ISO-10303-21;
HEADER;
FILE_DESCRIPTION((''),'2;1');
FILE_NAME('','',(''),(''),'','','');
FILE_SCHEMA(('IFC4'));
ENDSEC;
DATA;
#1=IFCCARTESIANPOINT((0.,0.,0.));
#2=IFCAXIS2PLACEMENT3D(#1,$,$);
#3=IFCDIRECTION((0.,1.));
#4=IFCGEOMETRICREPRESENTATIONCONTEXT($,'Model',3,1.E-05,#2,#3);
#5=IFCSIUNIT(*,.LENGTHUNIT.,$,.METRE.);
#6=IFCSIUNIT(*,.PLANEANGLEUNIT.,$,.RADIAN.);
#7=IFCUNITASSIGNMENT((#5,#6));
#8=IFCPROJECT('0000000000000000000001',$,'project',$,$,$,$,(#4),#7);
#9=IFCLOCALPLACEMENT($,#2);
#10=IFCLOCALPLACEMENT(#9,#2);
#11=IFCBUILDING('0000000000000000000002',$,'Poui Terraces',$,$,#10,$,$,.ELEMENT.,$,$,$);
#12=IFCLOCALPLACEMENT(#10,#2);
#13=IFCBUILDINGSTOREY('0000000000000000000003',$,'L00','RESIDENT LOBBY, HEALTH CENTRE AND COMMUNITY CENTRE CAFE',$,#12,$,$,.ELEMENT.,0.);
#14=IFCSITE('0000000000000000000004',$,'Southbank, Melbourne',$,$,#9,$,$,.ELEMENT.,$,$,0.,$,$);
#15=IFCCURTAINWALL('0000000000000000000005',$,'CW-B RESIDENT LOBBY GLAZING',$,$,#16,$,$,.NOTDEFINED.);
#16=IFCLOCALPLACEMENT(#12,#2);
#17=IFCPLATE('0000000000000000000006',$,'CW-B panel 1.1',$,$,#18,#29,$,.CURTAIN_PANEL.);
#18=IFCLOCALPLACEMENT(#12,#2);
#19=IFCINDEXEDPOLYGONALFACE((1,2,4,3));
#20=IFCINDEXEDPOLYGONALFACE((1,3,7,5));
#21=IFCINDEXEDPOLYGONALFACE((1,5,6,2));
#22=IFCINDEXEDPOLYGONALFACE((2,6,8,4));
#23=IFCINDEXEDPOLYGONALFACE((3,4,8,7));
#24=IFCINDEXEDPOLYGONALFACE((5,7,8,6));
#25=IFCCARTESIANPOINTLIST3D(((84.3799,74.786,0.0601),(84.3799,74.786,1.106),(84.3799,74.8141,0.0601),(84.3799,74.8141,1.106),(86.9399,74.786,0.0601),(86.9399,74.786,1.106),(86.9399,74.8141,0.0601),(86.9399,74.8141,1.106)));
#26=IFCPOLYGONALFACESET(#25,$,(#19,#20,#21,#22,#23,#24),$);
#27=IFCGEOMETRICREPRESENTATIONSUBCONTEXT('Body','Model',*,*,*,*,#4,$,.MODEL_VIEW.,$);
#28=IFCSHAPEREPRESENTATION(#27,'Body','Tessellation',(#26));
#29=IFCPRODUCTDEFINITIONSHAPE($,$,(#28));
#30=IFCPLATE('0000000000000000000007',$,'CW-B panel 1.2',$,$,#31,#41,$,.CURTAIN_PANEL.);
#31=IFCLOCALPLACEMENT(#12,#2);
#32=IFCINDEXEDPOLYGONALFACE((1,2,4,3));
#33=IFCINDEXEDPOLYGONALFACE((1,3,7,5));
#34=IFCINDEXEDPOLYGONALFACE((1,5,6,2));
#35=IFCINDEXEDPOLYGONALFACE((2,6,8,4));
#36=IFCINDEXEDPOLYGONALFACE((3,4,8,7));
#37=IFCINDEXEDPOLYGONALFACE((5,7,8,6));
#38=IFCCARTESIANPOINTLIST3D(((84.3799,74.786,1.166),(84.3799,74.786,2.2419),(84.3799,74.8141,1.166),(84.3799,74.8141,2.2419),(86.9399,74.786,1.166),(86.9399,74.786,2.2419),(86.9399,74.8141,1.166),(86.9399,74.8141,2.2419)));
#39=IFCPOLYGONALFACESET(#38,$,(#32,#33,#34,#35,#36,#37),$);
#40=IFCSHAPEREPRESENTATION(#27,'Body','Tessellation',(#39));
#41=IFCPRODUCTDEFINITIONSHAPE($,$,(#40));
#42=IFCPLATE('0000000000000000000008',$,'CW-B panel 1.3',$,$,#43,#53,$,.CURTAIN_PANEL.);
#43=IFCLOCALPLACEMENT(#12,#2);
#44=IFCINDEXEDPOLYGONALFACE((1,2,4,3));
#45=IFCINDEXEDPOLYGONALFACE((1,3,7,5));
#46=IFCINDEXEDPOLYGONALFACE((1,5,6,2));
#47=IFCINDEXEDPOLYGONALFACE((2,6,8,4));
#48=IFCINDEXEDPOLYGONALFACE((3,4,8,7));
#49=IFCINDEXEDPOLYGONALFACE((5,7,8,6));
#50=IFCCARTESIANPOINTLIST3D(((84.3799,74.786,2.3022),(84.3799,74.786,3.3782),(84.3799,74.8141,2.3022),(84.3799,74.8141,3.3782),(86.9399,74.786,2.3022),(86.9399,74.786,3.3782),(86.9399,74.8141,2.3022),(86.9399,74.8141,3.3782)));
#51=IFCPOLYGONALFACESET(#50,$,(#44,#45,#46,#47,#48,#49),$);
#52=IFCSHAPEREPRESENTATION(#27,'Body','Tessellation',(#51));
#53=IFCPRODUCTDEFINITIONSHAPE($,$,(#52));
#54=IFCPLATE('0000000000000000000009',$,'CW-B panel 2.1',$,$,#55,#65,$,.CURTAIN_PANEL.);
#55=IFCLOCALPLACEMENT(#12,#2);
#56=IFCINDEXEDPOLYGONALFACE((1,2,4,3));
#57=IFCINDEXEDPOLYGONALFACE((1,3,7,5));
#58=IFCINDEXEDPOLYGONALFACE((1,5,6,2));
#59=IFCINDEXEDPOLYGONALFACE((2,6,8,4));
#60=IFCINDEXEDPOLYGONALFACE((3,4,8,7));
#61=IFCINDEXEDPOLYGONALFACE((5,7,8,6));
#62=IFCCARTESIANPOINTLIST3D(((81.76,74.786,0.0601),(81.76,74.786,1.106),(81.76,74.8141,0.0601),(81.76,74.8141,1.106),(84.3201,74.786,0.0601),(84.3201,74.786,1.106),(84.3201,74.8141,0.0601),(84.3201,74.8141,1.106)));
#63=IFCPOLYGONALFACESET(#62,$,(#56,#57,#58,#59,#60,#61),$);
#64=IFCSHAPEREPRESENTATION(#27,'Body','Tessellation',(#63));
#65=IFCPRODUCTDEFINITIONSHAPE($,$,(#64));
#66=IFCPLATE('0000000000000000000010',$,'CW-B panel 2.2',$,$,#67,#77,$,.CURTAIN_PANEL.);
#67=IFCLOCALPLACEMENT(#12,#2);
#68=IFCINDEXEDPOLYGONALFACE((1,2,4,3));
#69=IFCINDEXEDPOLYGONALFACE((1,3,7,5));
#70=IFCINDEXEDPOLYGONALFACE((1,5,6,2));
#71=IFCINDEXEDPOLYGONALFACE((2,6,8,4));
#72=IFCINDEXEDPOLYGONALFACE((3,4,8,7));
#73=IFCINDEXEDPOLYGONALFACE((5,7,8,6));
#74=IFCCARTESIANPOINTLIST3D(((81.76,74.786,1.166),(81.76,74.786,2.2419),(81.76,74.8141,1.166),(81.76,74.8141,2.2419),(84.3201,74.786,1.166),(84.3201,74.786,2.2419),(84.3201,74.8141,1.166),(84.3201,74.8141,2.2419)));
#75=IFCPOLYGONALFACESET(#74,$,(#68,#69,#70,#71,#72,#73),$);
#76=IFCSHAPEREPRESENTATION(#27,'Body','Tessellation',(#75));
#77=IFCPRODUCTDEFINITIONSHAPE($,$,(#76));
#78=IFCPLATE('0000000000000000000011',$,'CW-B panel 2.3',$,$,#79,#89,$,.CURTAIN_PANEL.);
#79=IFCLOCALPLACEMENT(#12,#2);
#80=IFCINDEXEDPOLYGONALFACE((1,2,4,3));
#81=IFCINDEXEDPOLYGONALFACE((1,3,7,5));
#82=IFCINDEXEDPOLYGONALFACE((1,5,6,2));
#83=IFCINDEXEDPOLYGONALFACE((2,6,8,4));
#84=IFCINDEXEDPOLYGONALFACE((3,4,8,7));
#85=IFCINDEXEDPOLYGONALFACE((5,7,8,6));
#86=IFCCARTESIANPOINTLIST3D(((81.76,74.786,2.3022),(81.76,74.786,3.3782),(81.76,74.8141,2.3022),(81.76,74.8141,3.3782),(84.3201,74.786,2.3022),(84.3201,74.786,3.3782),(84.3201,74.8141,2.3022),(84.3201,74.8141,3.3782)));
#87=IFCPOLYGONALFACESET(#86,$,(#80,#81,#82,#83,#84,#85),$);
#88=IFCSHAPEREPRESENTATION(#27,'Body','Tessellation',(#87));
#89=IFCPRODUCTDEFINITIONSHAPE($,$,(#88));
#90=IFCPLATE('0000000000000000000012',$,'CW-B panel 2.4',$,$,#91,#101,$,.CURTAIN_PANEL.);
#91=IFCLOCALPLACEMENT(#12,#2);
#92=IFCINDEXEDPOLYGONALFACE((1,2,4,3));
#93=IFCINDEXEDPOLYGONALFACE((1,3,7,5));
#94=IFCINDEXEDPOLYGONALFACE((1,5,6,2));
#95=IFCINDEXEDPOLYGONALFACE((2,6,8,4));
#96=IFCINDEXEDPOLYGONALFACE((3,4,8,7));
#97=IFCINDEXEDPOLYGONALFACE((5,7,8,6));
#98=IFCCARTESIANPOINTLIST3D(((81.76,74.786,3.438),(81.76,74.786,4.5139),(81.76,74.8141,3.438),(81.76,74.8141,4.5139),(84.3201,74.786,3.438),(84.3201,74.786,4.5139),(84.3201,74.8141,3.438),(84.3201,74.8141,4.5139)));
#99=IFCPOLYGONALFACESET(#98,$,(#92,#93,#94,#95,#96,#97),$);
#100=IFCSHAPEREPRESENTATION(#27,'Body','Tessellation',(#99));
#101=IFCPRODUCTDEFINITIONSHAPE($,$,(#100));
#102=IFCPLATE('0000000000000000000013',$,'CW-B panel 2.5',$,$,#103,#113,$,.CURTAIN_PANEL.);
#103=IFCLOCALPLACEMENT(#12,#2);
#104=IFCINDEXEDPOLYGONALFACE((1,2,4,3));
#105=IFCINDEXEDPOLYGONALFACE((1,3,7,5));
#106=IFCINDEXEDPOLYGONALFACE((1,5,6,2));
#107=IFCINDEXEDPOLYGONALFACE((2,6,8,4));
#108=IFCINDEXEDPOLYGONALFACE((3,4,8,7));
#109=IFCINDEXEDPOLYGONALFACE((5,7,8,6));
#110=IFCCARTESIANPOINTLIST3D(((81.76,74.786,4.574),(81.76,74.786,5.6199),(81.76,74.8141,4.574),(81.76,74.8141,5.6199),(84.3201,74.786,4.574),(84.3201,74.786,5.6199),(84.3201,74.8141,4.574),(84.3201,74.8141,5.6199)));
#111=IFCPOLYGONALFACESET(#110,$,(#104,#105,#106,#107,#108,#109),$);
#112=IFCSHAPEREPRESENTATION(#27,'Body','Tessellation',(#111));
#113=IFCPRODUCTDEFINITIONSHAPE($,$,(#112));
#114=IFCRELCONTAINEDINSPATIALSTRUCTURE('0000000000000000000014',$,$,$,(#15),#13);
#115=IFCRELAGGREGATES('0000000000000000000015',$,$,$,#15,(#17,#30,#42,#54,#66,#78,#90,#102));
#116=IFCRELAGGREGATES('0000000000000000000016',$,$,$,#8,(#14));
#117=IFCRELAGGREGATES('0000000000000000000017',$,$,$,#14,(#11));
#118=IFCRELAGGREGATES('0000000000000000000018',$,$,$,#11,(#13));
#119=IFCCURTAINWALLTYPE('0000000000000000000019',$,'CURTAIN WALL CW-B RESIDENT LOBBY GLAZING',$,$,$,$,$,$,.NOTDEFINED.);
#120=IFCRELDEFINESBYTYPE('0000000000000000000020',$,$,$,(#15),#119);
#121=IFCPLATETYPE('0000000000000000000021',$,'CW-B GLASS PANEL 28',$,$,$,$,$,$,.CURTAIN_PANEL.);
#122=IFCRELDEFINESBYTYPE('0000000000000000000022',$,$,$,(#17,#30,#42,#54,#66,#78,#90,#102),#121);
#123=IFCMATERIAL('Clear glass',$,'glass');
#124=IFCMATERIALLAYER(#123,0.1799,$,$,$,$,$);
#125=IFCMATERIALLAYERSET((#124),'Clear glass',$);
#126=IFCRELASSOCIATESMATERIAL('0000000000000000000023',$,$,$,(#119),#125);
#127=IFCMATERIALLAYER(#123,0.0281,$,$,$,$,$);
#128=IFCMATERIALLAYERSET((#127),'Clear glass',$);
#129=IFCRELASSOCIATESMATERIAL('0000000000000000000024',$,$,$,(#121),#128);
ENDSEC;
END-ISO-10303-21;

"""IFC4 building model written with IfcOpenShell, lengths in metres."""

from ifc_helpers import new_model, si_unit, direction, frame, origin, origin_2d, place, context, subcontext, project, spatial, rectangle, extrude, material, layer, layer_set, type_object, element, aggregate, save


model = new_model("IFC4")

# Units and contexts
model_context = context("Model", 3, precision=1e-05, world=origin(), true_north=direction((0.0, 1.0)))
body_context = subcontext(model_context, "Body", "Model", "MODEL_VIEW")
ifc_project = project(units=[si_unit("LENGTHUNIT", "METRE"), si_unit("PLANEANGLEUNIT", "RADIAN")], contexts=[model_context])

# Site, building, storey
site_placement = place(None, origin())
site = spatial("IfcSite", under=ifc_project, at=site_placement, Name="Southbank, Melbourne", CompositionType="ELEMENT", RefElevation=0.0)
building_placement = place(site_placement, origin())
building = spatial("IfcBuilding", under=site, at=building_placement, Name="Poui Terraces", CompositionType="ELEMENT")
storey_placement = place(building_placement, origin())
storey = spatial("IfcBuildingStorey", under=building, at=storey_placement, Name="L00", Description="RESIDENT LOBBY, HEALTH CENTRE AND COMMUNITY CENTRE CAFE", CompositionType="ELEMENT", Elevation=0.0)

# Shared definitions
ifc_material_1 = material(Name="Clear glass", Category="glass")
ifc_layer_1 = layer(ifc_material_1, 0.1799)
ifc_layer_set_1 = layer_set([ifc_layer_1], Name="Clear glass")
curtain_wall_type = type_object("IfcCurtainWallType", Name="CURTAIN WALL CW-B RESIDENT LOBBY GLAZING", PredefinedType="NOTDEFINED", material=ifc_layer_set_1)

# Curtain wall
curtain_wall_1_placement = place(storey_placement, origin())
curtain_wall_1 = element("IfcCurtainWall", 1, at=curtain_wall_1_placement, inside=storey, type_object=curtain_wall_type, Name="CW-B RESIDENT LOBBY GLAZING", PredefinedType="NOTDEFINED")

# Plates
ifc_layer_2 = layer(ifc_material_1, 0.0281)
ifc_layer_set_2 = layer_set([ifc_layer_2], Name="Clear glass")
plate_type = type_object("IfcPlateType", Name="CW-B GLASS PANEL 28", PredefinedType="CURTAIN_PANEL", material=ifc_layer_set_2)
plate_1_placement = place(storey_placement, frame((85.6599, 74.8, 0.0601), z_axis=(0.0, 0.0, 1.0), x_axis=(-1.0, 0.0, 0.0)))
plate_1 = element("IfcPlate", 2, at=plate_1_placement, type_object=plate_type, Name="CW-B panel 1.1", PredefinedType="CURTAIN_PANEL", context=body_context, shape_type="SweptSolid", body=[
    extrude(rectangle(XDim=2.5601, YDim=0.0281, at=origin_2d()), origin(), (0.0, 0.0, 1.0), 1.0459),
])
plate_2_placement = place(storey_placement, frame((85.6599, 74.8, 1.166), z_axis=(0.0, 0.0, 1.0), x_axis=(-1.0, 0.0, 0.0)))
plate_2 = element("IfcPlate", 3, at=plate_2_placement, type_object=plate_type, Name="CW-B panel 1.2", PredefinedType="CURTAIN_PANEL", context=body_context, shape_type="SweptSolid", body=[
    extrude(rectangle(XDim=2.5601, YDim=0.0281, at=origin_2d()), origin(), (0.0, 0.0, 1.0), 1.0759),
])
plate_3_placement = place(storey_placement, frame((85.6599, 74.8, 2.3022), z_axis=(0.0, 0.0, 1.0), x_axis=(-1.0, 0.0, 0.0)))
plate_3 = element("IfcPlate", 4, at=plate_3_placement, type_object=plate_type, Name="CW-B panel 1.3", PredefinedType="CURTAIN_PANEL", context=body_context, shape_type="SweptSolid", body=[
    extrude(rectangle(XDim=2.5601, YDim=0.0281, at=origin_2d()), origin(), (0.0, 0.0, 1.0), 1.0759),
])
plate_4_placement = place(storey_placement, frame((83.04, 74.8, 0.0601), z_axis=(0.0, 0.0, 1.0), x_axis=(-1.0, 0.0, 0.0)))
plate_4 = element("IfcPlate", 5, at=plate_4_placement, type_object=plate_type, Name="CW-B panel 2.1", PredefinedType="CURTAIN_PANEL", context=body_context, shape_type="SweptSolid", body=[
    extrude(rectangle(XDim=2.5601, YDim=0.0281, at=origin_2d()), origin(), (0.0, 0.0, 1.0), 1.0459),
])
plate_5_placement = place(storey_placement, frame((83.04, 74.8, 1.166), z_axis=(0.0, 0.0, 1.0), x_axis=(-1.0, 0.0, 0.0)))
plate_5 = element("IfcPlate", 6, at=plate_5_placement, type_object=plate_type, Name="CW-B panel 2.2", PredefinedType="CURTAIN_PANEL", context=body_context, shape_type="SweptSolid", body=[
    extrude(rectangle(XDim=2.5601, YDim=0.0281, at=origin_2d()), origin(), (0.0, 0.0, 1.0), 1.0759),
])
plate_6_placement = place(storey_placement, frame((83.04, 74.8, 2.3022), z_axis=(0.0, 0.0, 1.0), x_axis=(-1.0, 0.0, 0.0)))
plate_6 = element("IfcPlate", 7, at=plate_6_placement, type_object=plate_type, Name="CW-B panel 2.3", PredefinedType="CURTAIN_PANEL", context=body_context, shape_type="SweptSolid", body=[
    extrude(rectangle(XDim=2.5601, YDim=0.0281, at=origin_2d()), origin(), (0.0, 0.0, 1.0), 1.0759),
])
plate_7_placement = place(storey_placement, frame((83.04, 74.8, 3.438), z_axis=(0.0, 0.0, 1.0), x_axis=(-1.0, 0.0, 0.0)))
plate_7 = element("IfcPlate", 8, at=plate_7_placement, type_object=plate_type, Name="CW-B panel 2.4", PredefinedType="CURTAIN_PANEL", context=body_context, shape_type="SweptSolid", body=[
    extrude(rectangle(XDim=2.5601, YDim=0.0281, at=origin_2d()), origin(), (0.0, 0.0, 1.0), 1.0759),
])
plate_8_placement = place(storey_placement, frame((83.04, 74.8, 4.574), z_axis=(0.0, 0.0, 1.0), x_axis=(-1.0, 0.0, 0.0)))
plate_8 = element("IfcPlate", 9, at=plate_8_placement, type_object=plate_type, Name="CW-B panel 2.5", PredefinedType="CURTAIN_PANEL", context=body_context, shape_type="SweptSolid", body=[
    extrude(rectangle(XDim=2.5601, YDim=0.0281, at=origin_2d()), origin(), (0.0, 0.0, 1.0), 1.0459),
])
aggregate(curtain_wall_1, [plate_1, plate_2, plate_3, plate_4, plate_5, plate_6, plate_7, plate_8])

save(model, "model.ifc")
